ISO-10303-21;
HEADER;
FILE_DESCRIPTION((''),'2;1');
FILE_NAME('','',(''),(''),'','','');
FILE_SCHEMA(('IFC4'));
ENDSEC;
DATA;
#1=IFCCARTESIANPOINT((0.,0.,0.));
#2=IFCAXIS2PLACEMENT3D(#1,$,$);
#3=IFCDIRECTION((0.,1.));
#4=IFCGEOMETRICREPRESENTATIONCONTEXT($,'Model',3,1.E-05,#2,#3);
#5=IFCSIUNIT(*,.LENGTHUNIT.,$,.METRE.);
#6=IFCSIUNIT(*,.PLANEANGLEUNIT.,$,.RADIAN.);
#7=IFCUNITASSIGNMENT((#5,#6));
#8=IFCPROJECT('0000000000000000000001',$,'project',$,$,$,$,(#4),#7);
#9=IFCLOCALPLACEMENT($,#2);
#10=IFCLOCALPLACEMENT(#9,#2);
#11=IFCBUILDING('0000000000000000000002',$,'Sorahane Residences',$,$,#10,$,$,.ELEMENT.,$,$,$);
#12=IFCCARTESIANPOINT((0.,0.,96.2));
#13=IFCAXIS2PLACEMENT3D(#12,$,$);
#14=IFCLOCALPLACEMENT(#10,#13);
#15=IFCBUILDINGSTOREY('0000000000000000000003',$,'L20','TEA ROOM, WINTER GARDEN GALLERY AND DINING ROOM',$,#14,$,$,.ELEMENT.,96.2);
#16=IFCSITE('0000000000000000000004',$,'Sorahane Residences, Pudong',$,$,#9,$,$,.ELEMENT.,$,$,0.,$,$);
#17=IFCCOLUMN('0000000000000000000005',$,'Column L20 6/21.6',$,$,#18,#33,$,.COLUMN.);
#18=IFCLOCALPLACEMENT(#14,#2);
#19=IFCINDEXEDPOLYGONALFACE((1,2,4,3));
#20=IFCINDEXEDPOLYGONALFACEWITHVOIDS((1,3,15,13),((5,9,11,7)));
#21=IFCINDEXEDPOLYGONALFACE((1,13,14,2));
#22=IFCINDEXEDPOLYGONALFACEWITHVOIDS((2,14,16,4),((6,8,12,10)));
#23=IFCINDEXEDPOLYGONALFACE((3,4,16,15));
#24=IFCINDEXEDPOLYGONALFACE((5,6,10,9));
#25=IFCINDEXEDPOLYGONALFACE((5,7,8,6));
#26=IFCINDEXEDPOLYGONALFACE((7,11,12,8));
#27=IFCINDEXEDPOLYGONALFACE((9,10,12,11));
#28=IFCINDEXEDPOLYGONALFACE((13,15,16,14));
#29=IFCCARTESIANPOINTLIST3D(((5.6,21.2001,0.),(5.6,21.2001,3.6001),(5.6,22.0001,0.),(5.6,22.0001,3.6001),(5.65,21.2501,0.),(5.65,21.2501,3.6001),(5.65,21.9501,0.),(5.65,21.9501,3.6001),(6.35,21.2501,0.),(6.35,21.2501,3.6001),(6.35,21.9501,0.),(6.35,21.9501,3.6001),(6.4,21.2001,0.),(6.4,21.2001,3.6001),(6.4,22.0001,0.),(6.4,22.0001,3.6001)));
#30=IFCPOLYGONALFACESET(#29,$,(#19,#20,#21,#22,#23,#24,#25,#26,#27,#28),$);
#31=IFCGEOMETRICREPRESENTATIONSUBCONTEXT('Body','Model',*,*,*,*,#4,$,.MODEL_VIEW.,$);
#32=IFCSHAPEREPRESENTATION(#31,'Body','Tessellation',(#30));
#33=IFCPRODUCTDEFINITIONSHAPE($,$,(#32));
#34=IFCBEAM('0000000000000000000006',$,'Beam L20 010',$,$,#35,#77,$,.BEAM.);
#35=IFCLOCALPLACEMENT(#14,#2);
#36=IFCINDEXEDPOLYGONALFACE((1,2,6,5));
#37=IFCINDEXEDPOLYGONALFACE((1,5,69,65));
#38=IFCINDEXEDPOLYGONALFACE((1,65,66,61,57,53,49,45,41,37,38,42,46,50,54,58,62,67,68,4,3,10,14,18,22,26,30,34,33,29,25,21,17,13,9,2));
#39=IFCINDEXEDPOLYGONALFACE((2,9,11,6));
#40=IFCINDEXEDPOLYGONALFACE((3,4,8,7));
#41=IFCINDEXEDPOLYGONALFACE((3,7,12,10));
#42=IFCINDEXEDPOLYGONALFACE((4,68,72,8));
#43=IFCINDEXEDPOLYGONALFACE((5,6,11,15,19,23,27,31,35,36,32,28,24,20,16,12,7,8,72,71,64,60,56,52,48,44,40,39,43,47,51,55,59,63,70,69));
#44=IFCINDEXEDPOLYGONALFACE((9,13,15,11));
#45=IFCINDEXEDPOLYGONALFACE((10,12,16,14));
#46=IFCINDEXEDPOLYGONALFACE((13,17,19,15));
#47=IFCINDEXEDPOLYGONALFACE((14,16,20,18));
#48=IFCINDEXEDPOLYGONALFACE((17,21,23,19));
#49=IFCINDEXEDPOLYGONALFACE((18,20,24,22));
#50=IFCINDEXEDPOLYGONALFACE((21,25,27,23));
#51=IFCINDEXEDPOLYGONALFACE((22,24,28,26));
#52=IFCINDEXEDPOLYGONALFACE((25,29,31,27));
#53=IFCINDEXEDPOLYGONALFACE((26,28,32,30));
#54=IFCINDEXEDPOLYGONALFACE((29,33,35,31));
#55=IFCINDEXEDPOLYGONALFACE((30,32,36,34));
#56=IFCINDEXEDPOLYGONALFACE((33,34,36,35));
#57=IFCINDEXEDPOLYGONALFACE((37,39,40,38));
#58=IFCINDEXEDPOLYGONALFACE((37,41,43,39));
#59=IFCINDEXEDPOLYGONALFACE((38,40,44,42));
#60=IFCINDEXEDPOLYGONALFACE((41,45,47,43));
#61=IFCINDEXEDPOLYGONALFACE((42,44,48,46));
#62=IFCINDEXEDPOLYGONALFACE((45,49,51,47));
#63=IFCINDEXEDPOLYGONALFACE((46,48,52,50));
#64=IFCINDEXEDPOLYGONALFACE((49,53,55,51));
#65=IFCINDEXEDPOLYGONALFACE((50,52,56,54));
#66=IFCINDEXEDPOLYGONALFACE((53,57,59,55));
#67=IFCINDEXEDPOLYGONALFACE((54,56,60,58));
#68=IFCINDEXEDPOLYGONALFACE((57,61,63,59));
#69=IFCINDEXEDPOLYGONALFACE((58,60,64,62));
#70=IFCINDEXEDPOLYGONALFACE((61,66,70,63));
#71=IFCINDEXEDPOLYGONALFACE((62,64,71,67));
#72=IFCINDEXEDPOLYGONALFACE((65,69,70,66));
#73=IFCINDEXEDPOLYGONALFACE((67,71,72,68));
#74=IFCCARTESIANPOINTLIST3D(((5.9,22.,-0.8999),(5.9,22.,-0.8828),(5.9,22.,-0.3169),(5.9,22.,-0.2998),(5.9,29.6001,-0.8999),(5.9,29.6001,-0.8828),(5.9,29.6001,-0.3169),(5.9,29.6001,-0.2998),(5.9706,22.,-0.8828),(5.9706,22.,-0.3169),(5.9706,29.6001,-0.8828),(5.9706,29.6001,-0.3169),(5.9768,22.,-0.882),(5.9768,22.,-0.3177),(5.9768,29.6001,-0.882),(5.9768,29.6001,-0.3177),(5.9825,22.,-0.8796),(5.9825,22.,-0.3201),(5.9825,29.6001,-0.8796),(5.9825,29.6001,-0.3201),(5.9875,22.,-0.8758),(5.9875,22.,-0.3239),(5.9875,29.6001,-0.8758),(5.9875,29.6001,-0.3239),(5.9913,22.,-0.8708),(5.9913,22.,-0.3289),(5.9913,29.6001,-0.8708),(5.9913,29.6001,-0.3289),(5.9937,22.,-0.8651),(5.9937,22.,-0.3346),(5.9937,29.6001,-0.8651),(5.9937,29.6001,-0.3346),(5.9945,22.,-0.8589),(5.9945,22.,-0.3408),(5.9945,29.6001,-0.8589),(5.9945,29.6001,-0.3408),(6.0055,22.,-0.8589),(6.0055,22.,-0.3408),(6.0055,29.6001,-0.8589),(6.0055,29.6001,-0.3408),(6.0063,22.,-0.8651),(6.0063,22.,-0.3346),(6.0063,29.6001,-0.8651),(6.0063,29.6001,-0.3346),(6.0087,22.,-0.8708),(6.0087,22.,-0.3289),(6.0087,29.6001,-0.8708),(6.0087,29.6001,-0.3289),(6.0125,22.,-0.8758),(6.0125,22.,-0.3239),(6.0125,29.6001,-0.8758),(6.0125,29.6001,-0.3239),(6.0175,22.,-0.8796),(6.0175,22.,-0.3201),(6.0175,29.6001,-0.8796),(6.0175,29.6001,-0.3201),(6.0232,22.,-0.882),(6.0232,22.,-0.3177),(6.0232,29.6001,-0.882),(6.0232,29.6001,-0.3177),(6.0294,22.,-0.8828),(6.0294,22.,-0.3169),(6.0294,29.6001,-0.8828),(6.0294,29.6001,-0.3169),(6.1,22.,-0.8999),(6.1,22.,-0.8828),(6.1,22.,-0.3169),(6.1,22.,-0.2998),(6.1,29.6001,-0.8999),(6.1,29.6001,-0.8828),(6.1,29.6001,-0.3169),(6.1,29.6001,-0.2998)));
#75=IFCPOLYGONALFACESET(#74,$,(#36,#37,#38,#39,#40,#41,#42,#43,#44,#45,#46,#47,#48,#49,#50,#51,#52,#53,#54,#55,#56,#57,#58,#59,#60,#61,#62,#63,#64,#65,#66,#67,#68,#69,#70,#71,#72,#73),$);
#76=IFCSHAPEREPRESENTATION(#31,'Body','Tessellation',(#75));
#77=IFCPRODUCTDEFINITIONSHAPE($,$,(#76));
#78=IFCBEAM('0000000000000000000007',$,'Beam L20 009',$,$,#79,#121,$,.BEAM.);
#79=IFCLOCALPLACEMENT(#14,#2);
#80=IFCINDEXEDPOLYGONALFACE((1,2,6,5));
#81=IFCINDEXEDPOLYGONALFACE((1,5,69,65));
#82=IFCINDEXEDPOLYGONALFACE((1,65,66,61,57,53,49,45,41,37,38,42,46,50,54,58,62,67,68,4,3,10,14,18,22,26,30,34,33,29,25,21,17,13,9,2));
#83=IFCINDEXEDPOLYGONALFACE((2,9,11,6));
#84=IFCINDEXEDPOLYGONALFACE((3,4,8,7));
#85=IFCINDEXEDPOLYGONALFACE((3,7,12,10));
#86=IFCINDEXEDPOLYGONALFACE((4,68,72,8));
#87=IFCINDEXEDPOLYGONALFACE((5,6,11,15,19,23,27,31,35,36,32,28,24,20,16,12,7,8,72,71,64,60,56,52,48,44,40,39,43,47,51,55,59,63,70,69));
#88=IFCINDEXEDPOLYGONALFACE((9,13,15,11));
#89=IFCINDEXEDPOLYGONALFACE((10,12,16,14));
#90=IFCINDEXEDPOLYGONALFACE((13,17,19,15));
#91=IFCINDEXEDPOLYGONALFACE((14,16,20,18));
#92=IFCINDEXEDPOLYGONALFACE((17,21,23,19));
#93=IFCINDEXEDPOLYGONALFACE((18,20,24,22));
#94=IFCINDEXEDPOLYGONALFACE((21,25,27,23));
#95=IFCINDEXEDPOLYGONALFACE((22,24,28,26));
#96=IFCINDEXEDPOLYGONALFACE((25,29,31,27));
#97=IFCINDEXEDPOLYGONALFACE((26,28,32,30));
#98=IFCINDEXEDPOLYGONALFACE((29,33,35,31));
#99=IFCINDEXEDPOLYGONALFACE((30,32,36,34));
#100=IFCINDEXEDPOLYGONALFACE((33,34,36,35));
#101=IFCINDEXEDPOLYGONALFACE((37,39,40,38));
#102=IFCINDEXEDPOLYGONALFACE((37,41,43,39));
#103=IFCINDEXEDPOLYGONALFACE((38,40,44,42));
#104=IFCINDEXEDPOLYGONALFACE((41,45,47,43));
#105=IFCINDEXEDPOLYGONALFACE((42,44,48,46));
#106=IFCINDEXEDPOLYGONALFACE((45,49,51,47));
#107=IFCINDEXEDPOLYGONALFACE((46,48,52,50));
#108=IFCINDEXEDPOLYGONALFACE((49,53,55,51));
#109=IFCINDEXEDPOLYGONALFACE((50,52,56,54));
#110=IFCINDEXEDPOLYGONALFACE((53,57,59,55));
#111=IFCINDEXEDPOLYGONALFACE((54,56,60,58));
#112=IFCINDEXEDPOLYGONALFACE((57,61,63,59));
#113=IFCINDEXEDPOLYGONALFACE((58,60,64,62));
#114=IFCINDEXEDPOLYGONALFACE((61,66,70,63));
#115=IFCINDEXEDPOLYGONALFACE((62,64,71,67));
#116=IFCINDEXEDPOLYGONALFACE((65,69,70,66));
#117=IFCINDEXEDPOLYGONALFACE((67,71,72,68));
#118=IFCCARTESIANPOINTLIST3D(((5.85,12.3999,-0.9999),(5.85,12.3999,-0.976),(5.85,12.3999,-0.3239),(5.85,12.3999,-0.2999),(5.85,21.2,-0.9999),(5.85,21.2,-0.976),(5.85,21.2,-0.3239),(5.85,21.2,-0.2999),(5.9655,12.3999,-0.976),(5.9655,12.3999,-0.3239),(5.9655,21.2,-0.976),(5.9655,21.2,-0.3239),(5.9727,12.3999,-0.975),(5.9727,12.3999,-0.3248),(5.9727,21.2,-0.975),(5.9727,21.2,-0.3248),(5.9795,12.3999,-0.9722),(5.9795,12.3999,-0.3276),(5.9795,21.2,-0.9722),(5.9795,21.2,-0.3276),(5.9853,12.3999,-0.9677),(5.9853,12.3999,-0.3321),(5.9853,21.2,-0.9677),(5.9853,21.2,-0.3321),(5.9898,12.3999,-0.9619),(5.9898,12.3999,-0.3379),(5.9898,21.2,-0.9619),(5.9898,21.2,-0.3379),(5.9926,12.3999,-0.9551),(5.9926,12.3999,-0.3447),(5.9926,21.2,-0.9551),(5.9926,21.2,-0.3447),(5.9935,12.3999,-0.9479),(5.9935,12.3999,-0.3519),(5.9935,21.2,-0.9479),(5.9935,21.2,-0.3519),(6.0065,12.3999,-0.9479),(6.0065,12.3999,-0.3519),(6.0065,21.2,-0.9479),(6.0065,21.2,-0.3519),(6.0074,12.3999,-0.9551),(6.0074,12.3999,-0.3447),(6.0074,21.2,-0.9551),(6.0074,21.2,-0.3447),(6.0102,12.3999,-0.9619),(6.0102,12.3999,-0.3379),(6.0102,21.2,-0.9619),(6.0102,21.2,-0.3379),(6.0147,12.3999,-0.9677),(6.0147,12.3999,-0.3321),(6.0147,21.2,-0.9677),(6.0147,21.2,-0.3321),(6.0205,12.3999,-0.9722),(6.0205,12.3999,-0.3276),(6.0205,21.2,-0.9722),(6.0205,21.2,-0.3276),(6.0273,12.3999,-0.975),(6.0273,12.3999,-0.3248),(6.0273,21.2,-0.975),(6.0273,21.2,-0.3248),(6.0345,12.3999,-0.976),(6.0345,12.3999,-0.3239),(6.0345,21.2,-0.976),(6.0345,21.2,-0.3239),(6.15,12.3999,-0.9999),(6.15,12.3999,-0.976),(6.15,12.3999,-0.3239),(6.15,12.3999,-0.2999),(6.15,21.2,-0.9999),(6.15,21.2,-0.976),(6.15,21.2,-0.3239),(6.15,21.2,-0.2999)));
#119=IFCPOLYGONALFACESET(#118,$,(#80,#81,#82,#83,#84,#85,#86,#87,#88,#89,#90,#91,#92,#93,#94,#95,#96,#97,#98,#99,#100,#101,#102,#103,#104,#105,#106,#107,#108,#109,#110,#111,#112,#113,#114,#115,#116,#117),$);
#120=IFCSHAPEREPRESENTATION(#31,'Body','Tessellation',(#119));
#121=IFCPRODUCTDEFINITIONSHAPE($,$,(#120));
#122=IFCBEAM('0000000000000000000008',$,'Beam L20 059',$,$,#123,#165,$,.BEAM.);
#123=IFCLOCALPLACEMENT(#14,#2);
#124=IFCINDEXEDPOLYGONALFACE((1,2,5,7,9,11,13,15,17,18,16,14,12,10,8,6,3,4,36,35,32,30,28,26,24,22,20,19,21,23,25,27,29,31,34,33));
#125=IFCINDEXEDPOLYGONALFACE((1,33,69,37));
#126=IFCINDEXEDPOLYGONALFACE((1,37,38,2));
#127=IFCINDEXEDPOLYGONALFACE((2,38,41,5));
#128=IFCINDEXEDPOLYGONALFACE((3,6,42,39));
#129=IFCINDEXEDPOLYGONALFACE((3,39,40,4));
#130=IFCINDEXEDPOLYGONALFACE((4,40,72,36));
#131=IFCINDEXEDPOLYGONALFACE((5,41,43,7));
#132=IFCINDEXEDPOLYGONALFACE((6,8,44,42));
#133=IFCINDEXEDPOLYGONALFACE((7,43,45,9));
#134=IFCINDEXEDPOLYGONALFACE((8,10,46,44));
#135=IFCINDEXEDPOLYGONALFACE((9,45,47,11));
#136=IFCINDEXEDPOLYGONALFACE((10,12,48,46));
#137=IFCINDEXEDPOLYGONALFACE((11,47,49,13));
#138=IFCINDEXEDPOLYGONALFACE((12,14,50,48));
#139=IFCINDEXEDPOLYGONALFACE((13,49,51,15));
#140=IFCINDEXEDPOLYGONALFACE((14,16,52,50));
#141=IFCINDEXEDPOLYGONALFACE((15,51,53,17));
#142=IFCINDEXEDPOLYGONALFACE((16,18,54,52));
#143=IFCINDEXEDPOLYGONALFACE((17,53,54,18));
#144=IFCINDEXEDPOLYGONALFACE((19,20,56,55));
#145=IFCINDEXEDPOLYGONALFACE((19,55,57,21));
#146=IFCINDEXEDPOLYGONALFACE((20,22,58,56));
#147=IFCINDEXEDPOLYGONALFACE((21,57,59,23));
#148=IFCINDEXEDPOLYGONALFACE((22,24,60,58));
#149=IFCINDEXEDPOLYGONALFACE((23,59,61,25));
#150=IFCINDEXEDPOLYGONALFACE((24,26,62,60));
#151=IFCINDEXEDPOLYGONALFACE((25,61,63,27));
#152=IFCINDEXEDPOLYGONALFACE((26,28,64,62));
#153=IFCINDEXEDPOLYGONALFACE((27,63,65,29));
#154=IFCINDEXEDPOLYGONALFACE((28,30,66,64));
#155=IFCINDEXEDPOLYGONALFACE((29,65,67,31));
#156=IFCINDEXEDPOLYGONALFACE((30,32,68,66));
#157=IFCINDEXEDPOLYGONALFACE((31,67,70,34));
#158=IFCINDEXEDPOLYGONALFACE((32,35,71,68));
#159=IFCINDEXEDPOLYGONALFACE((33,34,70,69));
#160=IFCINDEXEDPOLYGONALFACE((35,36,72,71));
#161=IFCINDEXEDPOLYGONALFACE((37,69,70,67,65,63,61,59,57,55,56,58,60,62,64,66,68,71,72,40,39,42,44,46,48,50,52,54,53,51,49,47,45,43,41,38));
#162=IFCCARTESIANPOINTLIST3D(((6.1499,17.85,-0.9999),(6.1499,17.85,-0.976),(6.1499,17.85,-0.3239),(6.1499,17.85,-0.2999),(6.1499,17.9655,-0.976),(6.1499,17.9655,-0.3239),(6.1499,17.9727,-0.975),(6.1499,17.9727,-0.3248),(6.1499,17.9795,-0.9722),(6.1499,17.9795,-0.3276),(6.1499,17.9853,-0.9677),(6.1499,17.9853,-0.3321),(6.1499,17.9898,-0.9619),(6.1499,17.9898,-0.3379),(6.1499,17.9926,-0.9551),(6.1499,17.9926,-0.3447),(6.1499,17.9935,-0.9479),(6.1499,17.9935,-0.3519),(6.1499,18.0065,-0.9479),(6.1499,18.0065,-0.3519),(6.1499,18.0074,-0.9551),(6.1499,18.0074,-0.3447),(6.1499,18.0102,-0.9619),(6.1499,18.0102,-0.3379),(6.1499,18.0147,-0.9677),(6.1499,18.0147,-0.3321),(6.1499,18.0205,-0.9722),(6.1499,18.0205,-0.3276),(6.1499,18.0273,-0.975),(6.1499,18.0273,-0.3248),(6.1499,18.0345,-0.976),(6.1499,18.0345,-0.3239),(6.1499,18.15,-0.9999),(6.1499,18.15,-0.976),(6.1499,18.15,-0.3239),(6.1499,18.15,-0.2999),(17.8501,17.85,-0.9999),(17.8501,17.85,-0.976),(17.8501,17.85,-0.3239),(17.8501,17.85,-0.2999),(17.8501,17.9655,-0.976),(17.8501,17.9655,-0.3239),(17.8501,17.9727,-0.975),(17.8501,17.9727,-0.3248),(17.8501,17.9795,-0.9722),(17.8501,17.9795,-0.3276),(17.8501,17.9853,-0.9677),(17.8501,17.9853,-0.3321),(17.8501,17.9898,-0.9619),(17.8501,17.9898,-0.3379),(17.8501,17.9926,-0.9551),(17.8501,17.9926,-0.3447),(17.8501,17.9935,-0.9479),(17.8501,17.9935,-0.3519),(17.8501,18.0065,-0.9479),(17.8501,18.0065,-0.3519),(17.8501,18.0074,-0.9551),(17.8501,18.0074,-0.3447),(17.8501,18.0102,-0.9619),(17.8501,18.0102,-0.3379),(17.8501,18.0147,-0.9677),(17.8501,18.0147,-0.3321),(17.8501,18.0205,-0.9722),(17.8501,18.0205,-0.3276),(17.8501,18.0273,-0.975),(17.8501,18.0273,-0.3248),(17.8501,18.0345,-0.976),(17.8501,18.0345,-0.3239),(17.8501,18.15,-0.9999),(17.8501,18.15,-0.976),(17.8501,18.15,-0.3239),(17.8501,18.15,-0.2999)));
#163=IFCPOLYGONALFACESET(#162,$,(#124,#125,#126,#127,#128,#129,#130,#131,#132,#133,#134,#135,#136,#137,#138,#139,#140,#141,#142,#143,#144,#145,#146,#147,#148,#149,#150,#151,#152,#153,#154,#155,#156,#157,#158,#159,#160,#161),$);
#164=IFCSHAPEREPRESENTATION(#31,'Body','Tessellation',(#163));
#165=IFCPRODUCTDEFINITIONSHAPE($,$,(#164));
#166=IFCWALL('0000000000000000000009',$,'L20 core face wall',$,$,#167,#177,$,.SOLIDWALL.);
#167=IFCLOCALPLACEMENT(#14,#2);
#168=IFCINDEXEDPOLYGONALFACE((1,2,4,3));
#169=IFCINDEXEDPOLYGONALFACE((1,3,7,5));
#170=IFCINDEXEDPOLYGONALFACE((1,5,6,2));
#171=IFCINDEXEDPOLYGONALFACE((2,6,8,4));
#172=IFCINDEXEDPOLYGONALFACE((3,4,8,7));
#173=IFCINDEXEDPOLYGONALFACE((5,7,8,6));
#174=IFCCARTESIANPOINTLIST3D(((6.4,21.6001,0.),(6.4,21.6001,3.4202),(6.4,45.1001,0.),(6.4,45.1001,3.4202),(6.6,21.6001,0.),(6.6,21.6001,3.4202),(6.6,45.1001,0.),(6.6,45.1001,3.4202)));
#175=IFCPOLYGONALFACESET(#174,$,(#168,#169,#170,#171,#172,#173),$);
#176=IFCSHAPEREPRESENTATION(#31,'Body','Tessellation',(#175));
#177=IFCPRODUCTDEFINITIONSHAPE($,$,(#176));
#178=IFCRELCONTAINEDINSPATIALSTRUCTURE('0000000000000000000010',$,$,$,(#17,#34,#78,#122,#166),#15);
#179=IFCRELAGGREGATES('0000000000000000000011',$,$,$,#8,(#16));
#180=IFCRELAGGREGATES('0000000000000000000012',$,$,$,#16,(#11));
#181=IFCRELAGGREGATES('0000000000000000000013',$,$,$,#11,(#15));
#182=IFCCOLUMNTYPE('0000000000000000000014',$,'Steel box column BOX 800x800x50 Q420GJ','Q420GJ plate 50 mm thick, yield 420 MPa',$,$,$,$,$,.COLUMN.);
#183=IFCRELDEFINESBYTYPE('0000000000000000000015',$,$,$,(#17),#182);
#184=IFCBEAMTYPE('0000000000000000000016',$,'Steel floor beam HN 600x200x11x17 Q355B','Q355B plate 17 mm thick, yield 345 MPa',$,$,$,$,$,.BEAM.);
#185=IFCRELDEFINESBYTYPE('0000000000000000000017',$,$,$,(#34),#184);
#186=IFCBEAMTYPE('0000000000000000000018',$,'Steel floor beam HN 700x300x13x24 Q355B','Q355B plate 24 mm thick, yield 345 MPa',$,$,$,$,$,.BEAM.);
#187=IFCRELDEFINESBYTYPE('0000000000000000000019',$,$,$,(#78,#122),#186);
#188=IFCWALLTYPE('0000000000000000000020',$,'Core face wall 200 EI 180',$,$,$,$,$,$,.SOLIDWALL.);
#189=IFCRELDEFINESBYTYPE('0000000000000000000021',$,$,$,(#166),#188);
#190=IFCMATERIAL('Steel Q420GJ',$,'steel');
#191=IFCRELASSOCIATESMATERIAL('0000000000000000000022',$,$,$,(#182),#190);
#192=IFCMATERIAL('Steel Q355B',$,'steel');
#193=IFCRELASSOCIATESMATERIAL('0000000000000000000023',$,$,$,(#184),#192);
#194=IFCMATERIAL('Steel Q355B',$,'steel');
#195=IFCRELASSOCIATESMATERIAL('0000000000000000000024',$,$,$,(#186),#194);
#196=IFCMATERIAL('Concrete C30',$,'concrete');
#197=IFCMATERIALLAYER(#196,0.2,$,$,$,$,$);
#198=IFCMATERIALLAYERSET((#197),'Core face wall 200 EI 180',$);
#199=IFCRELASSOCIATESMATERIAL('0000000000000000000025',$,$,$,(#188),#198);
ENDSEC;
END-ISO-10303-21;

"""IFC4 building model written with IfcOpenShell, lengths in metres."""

from ifc_helpers import new_model, si_unit, direction, frame, frame_2d, origin, origin_2d, place, context, subcontext, project, spatial, rectangle, hollow_rectangle, i_section, extrude, material, layer, layer_set, material_profile, profile_set, type_object, element, save


model = new_model("IFC4")

# Units and contexts
model_context = context("Model", 3, precision=1e-05, world=origin(), true_north=direction((0.0, 1.0)))
body_context = subcontext(model_context, "Body", "Model", "MODEL_VIEW")
ifc_project = project(units=[si_unit("LENGTHUNIT", "METRE"), si_unit("PLANEANGLEUNIT", "RADIAN")], contexts=[model_context])

# Site, building, storey
site_placement = place(None, origin())
site = spatial("IfcSite", under=ifc_project, at=site_placement, Name="Sorahane Residences, Pudong", CompositionType="ELEMENT", RefElevation=0.0)
building_placement = place(site_placement, origin())
building = spatial("IfcBuilding", under=site, at=building_placement, Name="Sorahane Residences", CompositionType="ELEMENT")
storey_placement = place(building_placement, frame((0.0, 0.0, 96.2)))
storey = spatial("IfcBuildingStorey", under=building, at=storey_placement, Name="L20", Description="TEA ROOM, WINTER GARDEN GALLERY AND DINING ROOM", CompositionType="ELEMENT", Elevation=96.2)

# Column
ifc_material_1 = material(Name="Steel Q420GJ", Category="steel")
ifc_material_profile_1 = material_profile(ifc_material_1, hollow_rectangle(XDim=0.8, YDim=0.8, WallThickness=0.05, at=origin_2d()), Name="BOX 800x800x50")
ifc_profile_set_1 = profile_set([ifc_material_profile_1], Name="Steel Q420GJ")
column_type = type_object("IfcColumnType", Name="Steel box column BOX 800x800x50 Q420GJ", Description="Q420GJ plate 50 mm thick, yield 420 MPa", PredefinedType="COLUMN", material=ifc_profile_set_1)
column_placement = place(storey_placement, frame((6.0, 21.6001, 0.0), z_axis=(0.0, 0.0, 1.0), x_axis=(1.0, 0.0, 0.0)))
element("IfcColumn", 1, at=column_placement, inside=storey, type_object=column_type, Name="Column L20 6/21.6", PredefinedType="COLUMN", context=body_context, shape_type="SweptSolid", body=[
    extrude(hollow_rectangle(XDim=0.8, YDim=0.8, WallThickness=0.05, at=origin_2d()), origin(), (0.0, 0.0, 1.0), 3.6001),
])

# Beams
ifc_material_2 = material(Name="Steel Q355B", Category="steel")
ifc_material_profile_2 = material_profile(ifc_material_2, i_section(OverallWidth=0.2, OverallDepth=0.6001, WebThickness=0.011, FlangeThickness=0.0171, FilletRadius=0.0239, at=origin_2d()), Name="HN 600x200x11x17")
ifc_profile_set_2 = profile_set([ifc_material_profile_2], Name="Steel Q355B")
beam_type_1 = type_object("IfcBeamType", Name="Steel floor beam HN 600x200x11x17 Q355B", Description="Q355B plate 17 mm thick, yield 345 MPa", PredefinedType="BEAM", material=ifc_profile_set_2)
beam_1_placement = place(storey_placement, frame((6.0, 22.0, -0.5999), z_axis=(0.0, 1.0, 0.0), x_axis=(-1.0, 0.0, 0.0)))
element("IfcBeam", 2, at=beam_1_placement, inside=storey, type_object=beam_type_1, Name="Beam L20 010", PredefinedType="BEAM", context=body_context, shape_type="SweptSolid", body=[
    extrude(i_section(OverallWidth=0.2, OverallDepth=0.6001, WebThickness=0.011, FlangeThickness=0.0171, FilletRadius=0.0239, at=origin_2d()), origin(), (0.0, 0.0, 1.0), 7.6001),
])
ifc_material_3 = material(Name="Steel Q355B", Category="steel")
ifc_material_profile_3 = material_profile(ifc_material_3, i_section(OverallWidth=0.3, OverallDepth=0.7, WebThickness=0.0129, FlangeThickness=0.0239, FilletRadius=0.0281, at=origin_2d()), Name="HN 700x300x13x24")
ifc_profile_set_3 = profile_set([ifc_material_profile_3], Name="Steel Q355B")
beam_type_2 = type_object("IfcBeamType", Name="Steel floor beam HN 700x300x13x24 Q355B", Description="Q355B plate 24 mm thick, yield 345 MPa", PredefinedType="BEAM", material=ifc_profile_set_3)
beam_2_placement = place(storey_placement, frame((6.0, 12.3999, -0.6499), z_axis=(0.0, 1.0, 0.0), x_axis=(-1.0, 0.0, 0.0)))
element("IfcBeam", 3, at=beam_2_placement, inside=storey, type_object=beam_type_2, Name="Beam L20 009", PredefinedType="BEAM", context=body_context, shape_type="SweptSolid", body=[
    extrude(i_section(OverallWidth=0.3, OverallDepth=0.7, WebThickness=0.0129, FlangeThickness=0.0239, FilletRadius=0.0281, at=origin_2d()), origin(), (0.0, 0.0, 1.0), 8.8),
])
beam_3_placement = place(storey_placement, frame((6.1499, 18.0, -0.6499), z_axis=(1.0, 0.0, 0.0), x_axis=(0.0, 1.0, 0.0)))
element("IfcBeam", 4, at=beam_3_placement, inside=storey, type_object=beam_type_2, Name="Beam L20 059", PredefinedType="BEAM", context=body_context, shape_type="SweptSolid", body=[
    extrude(i_section(OverallWidth=0.3, OverallDepth=0.7, WebThickness=0.0129, FlangeThickness=0.0239, FilletRadius=0.0281, at=origin_2d()), origin(), (0.0, 0.0, 1.0), 11.7002),
])

# Wall
ifc_material_4 = material(Name="Concrete C30", Category="concrete")
ifc_layer_1 = layer(ifc_material_4, 0.2)
ifc_layer_set_1 = layer_set([ifc_layer_1], Name="Core face wall 200 EI 180")
wall_type_1 = type_object("IfcWallType", Name="Core face wall 200 EI 180", PredefinedType="SOLIDWALL", material=ifc_layer_set_1)
wall_1_placement = place(storey_placement, frame((6.5, 21.6001, 0.0), z_axis=(0.0, 0.0, 1.0), x_axis=(0.0, 1.0, 0.0)))
element("IfcWall", 5, at=wall_1_placement, inside=storey, type_object=wall_type_1, Name="L20 core face wall", PredefinedType="SOLIDWALL", context=body_context, shape_type="SweptSolid", body=[
    extrude(rectangle(XDim=23.5, YDim=0.2, at=frame_2d((11.75, 0.0))), origin(), (0.0, 0.0, 1.0), 3.4202),
])

save(model, "model.ifc")
